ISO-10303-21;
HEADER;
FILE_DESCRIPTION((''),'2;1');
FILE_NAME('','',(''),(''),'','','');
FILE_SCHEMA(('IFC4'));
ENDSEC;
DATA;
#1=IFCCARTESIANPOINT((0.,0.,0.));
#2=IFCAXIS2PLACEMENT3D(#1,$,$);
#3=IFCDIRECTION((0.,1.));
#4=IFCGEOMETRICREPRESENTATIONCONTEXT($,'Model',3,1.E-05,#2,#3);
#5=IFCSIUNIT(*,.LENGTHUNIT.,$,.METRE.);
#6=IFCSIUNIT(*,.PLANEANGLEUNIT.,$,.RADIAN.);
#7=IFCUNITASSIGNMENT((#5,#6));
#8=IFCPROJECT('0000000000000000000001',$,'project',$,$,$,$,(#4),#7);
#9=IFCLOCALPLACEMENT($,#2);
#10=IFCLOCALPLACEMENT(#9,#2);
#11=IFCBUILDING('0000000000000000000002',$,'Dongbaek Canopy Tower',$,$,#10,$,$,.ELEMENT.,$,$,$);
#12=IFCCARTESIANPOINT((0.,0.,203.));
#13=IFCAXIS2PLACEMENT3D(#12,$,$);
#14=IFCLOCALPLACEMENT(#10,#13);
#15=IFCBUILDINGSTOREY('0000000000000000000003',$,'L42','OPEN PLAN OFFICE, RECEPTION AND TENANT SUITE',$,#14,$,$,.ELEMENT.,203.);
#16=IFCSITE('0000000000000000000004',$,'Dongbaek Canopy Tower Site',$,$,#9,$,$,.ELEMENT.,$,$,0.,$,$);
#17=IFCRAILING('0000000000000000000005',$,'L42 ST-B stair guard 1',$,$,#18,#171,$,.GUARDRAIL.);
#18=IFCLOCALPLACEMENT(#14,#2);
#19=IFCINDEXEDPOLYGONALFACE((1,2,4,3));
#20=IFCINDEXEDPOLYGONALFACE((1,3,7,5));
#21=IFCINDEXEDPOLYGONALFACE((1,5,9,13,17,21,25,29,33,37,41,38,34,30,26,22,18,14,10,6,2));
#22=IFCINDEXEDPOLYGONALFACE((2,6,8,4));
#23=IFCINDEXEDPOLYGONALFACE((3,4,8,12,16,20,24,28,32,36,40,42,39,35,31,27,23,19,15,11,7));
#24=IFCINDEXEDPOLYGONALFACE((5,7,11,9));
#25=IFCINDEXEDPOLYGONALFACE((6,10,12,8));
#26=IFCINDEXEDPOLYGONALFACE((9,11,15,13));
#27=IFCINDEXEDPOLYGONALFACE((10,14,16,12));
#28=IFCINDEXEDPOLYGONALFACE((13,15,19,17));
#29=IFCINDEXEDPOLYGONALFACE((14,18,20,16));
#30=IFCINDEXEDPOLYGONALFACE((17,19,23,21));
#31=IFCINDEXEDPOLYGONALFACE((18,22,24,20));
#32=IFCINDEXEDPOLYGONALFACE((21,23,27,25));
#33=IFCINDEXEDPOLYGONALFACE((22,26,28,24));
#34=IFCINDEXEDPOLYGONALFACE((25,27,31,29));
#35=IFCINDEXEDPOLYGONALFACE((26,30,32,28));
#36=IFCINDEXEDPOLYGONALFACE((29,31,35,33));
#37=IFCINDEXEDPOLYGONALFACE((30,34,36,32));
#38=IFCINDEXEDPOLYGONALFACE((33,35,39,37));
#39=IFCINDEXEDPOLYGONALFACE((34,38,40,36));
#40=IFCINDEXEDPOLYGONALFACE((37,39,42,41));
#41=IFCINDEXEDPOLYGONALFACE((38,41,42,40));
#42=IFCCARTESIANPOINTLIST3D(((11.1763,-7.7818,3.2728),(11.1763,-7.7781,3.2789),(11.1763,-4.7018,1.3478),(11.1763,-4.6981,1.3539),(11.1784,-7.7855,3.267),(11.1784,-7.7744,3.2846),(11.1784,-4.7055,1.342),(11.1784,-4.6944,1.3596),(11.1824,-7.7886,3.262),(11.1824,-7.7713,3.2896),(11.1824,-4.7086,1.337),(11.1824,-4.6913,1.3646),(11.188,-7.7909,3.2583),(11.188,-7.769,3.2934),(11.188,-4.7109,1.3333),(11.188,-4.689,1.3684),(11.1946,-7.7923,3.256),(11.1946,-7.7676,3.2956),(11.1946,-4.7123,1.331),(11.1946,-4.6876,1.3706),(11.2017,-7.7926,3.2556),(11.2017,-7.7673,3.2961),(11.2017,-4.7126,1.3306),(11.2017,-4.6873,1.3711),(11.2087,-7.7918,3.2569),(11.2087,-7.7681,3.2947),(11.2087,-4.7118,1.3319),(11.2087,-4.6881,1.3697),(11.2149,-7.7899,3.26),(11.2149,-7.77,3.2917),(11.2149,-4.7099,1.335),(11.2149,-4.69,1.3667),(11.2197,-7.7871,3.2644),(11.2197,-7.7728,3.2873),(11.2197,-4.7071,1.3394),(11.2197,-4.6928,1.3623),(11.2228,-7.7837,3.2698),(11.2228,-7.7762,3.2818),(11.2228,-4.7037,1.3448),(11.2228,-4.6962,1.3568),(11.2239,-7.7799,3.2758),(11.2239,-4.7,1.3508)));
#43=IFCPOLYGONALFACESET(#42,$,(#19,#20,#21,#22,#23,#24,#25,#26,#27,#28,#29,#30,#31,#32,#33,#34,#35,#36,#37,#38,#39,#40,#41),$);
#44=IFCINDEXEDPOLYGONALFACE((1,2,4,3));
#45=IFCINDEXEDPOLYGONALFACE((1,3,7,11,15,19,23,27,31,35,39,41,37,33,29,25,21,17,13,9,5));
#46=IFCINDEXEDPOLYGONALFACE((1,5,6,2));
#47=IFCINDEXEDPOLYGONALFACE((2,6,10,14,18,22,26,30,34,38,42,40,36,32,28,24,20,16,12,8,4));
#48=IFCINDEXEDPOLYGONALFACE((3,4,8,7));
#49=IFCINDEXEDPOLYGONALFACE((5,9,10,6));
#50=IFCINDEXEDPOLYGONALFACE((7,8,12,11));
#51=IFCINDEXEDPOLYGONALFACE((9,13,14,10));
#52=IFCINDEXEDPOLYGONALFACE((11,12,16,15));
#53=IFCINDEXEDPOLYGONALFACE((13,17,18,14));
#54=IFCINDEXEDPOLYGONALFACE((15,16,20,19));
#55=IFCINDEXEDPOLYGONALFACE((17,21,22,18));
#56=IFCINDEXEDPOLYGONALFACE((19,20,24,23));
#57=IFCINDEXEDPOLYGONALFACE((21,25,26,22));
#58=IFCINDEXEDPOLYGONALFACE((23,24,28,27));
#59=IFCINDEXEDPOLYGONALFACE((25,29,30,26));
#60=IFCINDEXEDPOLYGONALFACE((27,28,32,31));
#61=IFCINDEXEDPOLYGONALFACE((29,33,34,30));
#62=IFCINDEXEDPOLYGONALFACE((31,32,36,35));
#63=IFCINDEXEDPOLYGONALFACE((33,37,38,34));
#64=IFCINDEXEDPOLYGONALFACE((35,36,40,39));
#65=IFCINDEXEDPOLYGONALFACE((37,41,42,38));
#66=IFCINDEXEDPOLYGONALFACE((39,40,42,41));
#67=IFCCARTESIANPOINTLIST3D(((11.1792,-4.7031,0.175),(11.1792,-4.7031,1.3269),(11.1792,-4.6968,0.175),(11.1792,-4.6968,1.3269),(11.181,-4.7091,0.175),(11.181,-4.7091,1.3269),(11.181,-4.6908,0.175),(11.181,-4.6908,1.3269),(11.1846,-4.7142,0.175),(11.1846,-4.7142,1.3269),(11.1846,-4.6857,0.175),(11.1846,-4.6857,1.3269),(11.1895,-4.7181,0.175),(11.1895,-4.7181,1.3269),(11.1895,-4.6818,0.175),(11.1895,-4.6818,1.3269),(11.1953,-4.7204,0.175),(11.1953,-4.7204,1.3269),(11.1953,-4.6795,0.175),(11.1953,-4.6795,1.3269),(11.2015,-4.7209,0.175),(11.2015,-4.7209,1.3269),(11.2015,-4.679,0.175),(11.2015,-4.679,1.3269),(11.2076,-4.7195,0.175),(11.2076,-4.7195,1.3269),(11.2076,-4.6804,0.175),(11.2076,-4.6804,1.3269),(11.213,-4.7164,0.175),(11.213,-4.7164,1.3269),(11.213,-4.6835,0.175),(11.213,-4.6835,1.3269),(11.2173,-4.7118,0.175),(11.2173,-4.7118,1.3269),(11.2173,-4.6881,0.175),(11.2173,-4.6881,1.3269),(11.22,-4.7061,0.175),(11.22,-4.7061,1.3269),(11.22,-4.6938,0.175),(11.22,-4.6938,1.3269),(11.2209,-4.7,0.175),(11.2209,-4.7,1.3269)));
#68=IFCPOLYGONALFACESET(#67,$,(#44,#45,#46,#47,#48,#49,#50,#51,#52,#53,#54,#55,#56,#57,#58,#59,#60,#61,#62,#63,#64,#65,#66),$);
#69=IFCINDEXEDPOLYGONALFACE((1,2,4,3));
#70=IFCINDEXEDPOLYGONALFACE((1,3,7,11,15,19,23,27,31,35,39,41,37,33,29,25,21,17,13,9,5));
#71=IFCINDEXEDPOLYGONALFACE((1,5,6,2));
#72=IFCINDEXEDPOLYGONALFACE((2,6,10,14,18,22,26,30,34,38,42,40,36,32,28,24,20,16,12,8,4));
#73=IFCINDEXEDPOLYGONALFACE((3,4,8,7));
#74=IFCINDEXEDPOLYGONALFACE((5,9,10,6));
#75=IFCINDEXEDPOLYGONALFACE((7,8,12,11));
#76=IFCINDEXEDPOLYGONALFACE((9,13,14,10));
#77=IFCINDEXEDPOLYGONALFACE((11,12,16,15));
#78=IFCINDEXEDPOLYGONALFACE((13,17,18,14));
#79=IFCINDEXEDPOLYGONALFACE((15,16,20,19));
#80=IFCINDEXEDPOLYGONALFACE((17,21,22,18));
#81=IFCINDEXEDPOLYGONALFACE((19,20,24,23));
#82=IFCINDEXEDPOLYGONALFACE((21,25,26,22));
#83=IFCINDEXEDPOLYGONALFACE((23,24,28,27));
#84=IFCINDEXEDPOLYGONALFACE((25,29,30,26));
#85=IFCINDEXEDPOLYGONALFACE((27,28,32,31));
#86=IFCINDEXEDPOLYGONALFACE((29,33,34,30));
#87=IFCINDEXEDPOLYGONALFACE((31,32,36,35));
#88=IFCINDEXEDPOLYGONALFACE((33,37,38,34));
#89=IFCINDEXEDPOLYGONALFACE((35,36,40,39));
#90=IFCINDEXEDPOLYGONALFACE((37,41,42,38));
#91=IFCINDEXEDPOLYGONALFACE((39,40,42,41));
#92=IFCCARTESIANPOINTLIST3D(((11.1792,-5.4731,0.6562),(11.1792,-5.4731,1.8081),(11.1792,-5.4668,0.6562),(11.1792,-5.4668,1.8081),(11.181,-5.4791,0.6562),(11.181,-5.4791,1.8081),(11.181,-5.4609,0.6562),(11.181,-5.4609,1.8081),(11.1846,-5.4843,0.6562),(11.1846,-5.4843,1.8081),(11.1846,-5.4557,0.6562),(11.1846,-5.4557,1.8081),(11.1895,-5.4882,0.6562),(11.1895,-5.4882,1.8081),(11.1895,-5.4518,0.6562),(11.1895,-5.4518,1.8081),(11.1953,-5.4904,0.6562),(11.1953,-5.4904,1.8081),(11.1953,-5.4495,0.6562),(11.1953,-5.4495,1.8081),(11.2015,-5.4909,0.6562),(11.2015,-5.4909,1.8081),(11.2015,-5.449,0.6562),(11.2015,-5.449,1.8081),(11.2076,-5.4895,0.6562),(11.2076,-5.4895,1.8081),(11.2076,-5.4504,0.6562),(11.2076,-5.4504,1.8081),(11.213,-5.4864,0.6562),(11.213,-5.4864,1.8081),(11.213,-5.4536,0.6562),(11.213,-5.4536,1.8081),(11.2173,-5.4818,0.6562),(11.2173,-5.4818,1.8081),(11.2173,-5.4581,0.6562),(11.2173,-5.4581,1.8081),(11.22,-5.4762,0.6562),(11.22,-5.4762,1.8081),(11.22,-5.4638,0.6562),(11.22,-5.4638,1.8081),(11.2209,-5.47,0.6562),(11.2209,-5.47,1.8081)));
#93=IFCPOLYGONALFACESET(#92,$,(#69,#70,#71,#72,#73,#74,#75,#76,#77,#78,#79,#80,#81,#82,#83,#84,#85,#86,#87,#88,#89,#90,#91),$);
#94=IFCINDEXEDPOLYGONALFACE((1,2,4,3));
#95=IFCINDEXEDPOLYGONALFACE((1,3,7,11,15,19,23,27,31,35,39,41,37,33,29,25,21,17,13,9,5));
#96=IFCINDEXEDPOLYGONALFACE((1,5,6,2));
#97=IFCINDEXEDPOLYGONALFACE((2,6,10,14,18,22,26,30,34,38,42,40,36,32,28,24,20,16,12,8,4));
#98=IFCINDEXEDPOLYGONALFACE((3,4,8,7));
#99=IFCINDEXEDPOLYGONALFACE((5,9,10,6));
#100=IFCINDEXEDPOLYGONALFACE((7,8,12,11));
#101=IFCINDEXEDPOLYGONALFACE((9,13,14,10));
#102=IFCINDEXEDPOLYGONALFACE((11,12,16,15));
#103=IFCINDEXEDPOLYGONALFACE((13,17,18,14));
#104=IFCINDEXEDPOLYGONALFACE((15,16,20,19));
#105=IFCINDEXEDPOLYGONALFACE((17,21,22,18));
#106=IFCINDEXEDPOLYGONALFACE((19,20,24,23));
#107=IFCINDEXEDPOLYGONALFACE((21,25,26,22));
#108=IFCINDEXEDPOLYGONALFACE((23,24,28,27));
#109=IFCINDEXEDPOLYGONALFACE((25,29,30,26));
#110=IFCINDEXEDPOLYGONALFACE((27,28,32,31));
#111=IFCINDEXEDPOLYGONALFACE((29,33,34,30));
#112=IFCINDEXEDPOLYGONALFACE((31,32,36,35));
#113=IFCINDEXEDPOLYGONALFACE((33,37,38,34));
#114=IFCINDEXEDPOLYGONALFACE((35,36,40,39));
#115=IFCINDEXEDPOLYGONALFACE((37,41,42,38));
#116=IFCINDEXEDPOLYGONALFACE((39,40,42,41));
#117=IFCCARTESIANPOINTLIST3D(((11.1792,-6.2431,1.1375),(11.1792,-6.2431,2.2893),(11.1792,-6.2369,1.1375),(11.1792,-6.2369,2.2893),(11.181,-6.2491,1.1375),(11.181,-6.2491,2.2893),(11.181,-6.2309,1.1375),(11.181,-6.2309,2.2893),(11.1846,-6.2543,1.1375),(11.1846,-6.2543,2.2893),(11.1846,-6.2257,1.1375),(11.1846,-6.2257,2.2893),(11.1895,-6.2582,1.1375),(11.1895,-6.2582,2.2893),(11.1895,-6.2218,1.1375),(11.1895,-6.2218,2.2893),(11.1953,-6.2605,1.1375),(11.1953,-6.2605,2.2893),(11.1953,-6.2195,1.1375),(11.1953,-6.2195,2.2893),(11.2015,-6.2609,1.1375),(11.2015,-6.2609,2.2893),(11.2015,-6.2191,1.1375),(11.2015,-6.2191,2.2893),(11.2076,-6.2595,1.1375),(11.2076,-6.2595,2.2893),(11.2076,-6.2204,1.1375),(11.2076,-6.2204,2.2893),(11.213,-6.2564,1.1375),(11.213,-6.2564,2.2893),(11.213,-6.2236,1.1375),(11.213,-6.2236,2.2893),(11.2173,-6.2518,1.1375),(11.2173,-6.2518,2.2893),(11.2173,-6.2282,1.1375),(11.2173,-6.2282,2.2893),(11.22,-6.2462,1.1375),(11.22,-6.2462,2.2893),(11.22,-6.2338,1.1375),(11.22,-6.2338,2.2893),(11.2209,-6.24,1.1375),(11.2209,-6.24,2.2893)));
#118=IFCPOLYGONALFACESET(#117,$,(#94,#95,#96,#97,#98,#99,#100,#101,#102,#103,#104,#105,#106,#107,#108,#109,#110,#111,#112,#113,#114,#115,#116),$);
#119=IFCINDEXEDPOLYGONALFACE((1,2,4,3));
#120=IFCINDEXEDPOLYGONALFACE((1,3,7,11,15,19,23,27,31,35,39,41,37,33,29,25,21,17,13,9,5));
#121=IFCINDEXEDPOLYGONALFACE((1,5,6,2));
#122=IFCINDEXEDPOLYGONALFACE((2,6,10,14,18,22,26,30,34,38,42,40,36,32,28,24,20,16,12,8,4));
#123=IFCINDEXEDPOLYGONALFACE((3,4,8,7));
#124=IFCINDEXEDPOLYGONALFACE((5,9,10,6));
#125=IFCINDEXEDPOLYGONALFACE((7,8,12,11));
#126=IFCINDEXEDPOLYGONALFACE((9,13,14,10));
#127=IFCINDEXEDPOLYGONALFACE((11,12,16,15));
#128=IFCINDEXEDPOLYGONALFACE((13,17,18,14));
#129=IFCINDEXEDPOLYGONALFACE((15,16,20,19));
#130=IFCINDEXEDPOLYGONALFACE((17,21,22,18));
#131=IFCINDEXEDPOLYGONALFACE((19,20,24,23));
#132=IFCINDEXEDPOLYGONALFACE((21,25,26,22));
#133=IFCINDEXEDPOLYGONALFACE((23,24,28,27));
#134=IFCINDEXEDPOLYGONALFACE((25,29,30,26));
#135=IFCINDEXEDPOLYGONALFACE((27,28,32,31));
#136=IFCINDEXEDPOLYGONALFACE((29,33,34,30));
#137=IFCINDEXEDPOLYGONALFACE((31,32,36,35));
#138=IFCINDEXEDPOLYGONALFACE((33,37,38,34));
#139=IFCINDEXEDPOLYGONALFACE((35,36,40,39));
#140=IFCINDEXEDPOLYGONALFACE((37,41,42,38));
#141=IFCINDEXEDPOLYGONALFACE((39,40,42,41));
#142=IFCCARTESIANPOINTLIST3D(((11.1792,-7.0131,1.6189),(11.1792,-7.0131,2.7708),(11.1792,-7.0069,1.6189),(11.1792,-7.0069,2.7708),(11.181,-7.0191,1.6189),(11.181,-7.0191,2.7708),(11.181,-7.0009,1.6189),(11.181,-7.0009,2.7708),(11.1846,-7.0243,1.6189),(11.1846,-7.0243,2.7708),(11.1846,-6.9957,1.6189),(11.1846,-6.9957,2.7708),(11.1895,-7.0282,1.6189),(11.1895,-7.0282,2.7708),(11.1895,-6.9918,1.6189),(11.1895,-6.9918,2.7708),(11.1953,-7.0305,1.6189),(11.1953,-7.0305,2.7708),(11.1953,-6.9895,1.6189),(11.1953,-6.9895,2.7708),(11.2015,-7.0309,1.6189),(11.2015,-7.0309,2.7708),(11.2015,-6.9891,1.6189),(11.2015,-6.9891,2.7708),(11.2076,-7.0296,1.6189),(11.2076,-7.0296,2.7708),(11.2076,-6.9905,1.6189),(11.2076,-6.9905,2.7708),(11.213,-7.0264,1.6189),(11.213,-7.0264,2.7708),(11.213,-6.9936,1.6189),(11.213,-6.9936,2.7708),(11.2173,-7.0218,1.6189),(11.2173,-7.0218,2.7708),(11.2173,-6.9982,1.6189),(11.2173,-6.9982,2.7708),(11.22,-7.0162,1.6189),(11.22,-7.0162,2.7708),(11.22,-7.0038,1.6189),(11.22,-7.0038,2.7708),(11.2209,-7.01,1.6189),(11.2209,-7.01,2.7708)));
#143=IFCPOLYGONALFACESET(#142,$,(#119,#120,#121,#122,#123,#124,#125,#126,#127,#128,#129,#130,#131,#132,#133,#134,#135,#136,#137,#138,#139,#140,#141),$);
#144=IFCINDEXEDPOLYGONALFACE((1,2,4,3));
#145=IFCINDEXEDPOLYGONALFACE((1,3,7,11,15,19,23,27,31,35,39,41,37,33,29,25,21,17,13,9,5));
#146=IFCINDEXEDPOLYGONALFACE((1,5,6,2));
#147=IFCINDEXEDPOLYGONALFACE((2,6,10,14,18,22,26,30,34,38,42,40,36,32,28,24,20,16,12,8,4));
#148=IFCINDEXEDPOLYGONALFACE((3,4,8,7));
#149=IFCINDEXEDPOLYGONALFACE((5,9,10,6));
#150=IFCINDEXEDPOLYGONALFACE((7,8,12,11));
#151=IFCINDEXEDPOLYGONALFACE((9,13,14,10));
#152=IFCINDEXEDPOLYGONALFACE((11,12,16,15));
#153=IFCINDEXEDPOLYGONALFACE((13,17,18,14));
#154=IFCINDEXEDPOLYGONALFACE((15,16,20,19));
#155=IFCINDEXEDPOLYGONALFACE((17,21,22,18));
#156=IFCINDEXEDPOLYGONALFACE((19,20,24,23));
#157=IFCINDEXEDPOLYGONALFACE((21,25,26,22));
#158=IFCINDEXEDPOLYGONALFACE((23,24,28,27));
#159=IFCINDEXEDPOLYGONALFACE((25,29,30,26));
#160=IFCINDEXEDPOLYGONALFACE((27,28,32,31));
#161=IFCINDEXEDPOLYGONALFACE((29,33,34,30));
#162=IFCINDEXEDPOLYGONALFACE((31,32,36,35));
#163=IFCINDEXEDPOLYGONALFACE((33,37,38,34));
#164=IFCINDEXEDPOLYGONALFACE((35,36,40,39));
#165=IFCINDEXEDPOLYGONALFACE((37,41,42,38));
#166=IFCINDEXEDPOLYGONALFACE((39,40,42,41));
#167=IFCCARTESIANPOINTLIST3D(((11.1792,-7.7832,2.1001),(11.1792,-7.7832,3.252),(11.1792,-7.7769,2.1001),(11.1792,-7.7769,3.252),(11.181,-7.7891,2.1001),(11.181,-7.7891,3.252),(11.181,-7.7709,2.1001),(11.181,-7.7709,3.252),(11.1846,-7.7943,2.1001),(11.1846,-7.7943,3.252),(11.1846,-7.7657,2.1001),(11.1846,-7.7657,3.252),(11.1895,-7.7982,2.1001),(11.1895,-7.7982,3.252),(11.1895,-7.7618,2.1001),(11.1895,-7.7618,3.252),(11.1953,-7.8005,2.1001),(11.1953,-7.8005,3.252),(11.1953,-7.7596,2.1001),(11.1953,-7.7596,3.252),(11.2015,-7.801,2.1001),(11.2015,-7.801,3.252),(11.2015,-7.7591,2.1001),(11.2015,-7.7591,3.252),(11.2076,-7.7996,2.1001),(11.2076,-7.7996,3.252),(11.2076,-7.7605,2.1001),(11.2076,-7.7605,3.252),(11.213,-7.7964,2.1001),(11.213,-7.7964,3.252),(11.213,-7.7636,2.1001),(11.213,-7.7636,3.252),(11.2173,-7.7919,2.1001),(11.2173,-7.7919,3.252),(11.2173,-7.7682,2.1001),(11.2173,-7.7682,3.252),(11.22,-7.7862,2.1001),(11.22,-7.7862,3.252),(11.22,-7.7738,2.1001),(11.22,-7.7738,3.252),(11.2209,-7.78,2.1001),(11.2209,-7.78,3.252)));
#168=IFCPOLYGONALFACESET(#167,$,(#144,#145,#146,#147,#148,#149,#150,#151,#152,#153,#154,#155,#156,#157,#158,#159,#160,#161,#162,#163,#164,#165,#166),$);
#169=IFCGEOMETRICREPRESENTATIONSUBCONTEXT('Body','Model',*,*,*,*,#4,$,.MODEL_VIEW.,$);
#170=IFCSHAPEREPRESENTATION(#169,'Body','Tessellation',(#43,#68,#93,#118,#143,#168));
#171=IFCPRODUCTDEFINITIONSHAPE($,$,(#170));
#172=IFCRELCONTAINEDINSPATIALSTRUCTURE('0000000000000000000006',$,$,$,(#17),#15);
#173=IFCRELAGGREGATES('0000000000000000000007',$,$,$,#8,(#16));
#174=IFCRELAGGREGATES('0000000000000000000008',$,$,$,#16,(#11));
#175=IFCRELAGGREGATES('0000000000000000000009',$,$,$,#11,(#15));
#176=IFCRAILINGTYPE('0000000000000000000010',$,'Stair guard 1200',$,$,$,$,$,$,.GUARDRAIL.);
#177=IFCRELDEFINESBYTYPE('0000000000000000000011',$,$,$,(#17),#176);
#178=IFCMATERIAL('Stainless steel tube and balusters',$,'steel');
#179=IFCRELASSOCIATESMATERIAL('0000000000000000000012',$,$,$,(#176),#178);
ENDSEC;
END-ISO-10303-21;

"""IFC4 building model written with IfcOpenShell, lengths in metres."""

from ifc_helpers import new_model, si_unit, direction, frame, origin, origin_2d, place, context, subcontext, project, spatial, circle, extrude, material, type_object, element, save


model = new_model("IFC4")

# Units and contexts
model_context = context("Model", 3, precision=1e-05, world=origin(), true_north=direction((0.0, 1.0)))
body_context = subcontext(model_context, "Body", "Model", "MODEL_VIEW")
ifc_project = project(units=[si_unit("LENGTHUNIT", "METRE"), si_unit("PLANEANGLEUNIT", "RADIAN")], contexts=[model_context])

# Site, building, storey
site_placement = place(None, origin())
site = spatial("IfcSite", under=ifc_project, at=site_placement, Name="Dongbaek Canopy Tower Site", CompositionType="ELEMENT", RefElevation=0.0)
building_placement = place(site_placement, origin())
building = spatial("IfcBuilding", under=site, at=building_placement, Name="Dongbaek Canopy Tower", CompositionType="ELEMENT")
storey_placement = place(building_placement, frame((0.0, 0.0, 203.0)))
storey = spatial("IfcBuildingStorey", under=building, at=storey_placement, Name="L42", Description="OPEN PLAN OFFICE, RECEPTION AND TENANT SUITE", CompositionType="ELEMENT", Elevation=203.0)

# Railing
ifc_material_1 = material(Name="Stainless steel tube and balusters", Category="steel")
railing_type_1 = type_object("IfcRailingType", Name="Stair guard 1200", PredefinedType="GUARDRAIL", material=ifc_material_1)
railing_1_placement = place(storey_placement, frame((11.2, -4.7, 0.175)))
element("IfcRailing", 1, at=railing_1_placement, inside=storey, type_object=railing_type_1, Name="L42 ST-B stair guard 1", PredefinedType="GUARDRAIL", context=body_context, shape_type="SweptSolid", body=[
    extrude(circle(Radius=0.0239, at=origin_2d()), frame((0.0, 0.0, 1.1758), z_axis=(0.0, -0.847998, 0.529999), x_axis=(1.0, 0.0, 0.0)), (0.0, 0.0, 1.0), 3.6321),
    extrude(circle(Radius=0.021, at=origin_2d()), origin(), (0.0, 0.0, 1.0), 1.1519),
    extrude(circle(Radius=0.021, at=origin_2d()), frame((0.0, -0.77, 0.4812)), (0.0, 0.0, 1.0), 1.1519),
    extrude(circle(Radius=0.021, at=origin_2d()), frame((0.0, -1.54, 0.9624)), (0.0, 0.0, 1.0), 1.1519),
    extrude(circle(Radius=0.021, at=origin_2d()), frame((0.0, -2.3101, 1.4438)), (0.0, 0.0, 1.0), 1.1519),
    extrude(circle(Radius=0.021, at=origin_2d()), frame((0.0, -3.0801, 1.925)), (0.0, 0.0, 1.0), 1.1519),
])

save(model, "model.ifc")
